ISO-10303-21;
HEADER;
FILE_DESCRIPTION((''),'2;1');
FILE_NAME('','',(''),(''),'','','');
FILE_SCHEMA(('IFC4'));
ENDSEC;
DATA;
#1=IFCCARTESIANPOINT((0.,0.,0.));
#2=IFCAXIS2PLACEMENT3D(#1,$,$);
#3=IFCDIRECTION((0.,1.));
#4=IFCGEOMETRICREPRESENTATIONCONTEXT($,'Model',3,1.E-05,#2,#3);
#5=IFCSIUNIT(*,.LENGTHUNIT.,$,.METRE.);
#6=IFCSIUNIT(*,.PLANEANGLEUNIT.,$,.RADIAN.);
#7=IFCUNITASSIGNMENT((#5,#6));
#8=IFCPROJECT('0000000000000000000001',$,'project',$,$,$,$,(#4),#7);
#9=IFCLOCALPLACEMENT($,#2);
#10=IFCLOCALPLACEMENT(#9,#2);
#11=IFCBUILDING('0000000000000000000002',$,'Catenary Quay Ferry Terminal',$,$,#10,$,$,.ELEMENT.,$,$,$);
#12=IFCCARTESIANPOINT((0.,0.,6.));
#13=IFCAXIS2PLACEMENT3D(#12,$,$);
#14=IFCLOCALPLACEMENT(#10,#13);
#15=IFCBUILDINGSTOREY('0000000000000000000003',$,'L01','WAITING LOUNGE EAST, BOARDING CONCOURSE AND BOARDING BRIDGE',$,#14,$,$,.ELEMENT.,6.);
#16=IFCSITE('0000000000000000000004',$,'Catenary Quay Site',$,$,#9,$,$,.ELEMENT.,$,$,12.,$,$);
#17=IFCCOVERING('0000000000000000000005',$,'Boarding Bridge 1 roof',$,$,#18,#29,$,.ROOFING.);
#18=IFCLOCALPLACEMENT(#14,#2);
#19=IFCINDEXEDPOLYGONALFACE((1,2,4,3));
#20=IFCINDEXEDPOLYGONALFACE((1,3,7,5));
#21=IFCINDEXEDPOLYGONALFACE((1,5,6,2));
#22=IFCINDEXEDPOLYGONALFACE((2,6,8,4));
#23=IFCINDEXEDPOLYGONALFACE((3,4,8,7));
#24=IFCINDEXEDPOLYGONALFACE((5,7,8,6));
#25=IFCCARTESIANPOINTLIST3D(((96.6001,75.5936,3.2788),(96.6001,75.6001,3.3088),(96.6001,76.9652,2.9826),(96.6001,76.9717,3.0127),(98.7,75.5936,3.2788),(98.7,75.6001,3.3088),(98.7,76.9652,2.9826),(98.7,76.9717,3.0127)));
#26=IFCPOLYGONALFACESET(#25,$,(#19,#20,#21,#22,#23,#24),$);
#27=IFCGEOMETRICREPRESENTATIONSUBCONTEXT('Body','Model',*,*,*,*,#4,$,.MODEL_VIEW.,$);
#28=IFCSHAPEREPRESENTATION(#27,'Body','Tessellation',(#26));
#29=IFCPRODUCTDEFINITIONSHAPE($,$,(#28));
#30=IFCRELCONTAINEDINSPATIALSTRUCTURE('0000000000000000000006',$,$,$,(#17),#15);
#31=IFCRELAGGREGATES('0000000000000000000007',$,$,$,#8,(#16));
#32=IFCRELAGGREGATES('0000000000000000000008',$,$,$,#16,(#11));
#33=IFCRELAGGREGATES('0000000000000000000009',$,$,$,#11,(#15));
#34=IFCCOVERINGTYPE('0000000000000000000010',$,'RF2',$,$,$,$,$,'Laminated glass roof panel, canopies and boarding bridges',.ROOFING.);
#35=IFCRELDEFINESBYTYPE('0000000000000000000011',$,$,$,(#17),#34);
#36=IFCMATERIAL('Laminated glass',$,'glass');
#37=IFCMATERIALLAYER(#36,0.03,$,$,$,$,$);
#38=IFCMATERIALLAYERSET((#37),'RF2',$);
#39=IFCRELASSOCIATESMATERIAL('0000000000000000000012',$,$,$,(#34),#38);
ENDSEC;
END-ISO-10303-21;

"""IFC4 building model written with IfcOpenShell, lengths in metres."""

from ifc_helpers import new_model, si_unit, direction, frame, origin, place, context, subcontext, project, spatial, polyline, outline, extrude, material, layer, layer_set, type_object, element, save


model = new_model("IFC4")

# Units and contexts
model_context = context("Model", 3, precision=1e-05, world=origin(), true_north=direction((0.0, 1.0)))
body_context = subcontext(model_context, "Body", "Model", "MODEL_VIEW")
ifc_project = project(units=[si_unit("LENGTHUNIT", "METRE"), si_unit("PLANEANGLEUNIT", "RADIAN")], contexts=[model_context])

# Site, building, storey
site_placement = place(None, origin())
site = spatial("IfcSite", under=ifc_project, at=site_placement, Name="Catenary Quay Site", CompositionType="ELEMENT", RefElevation=12.0)
building_placement = place(site_placement, origin())
building = spatial("IfcBuilding", under=site, at=building_placement, Name="Catenary Quay Ferry Terminal", CompositionType="ELEMENT")
storey_placement = place(building_placement, frame((0.0, 0.0, 6.0)))
storey = spatial("IfcBuildingStorey", under=building, at=storey_placement, Name="L01", Description="WAITING LOUNGE EAST, BOARDING CONCOURSE AND BOARDING BRIDGE", CompositionType="ELEMENT", Elevation=6.0)

# Covering
ifc_material_1 = material(Name="Laminated glass", Category="glass")
ifc_layer = layer(ifc_material_1, 0.03)
ifc_layer_set = layer_set([ifc_layer], Name="RF2")
covering_type = type_object("IfcCoveringType", Name="RF2", ElementType="Laminated glass roof panel, canopies and boarding bridges", PredefinedType="ROOFING", material=ifc_layer_set)
covering_1_placement = place(storey_placement, frame((96.6001, 75.6001, 3.3088), z_axis=(0.0, 0.21105, 0.977475), x_axis=(1.0, 0.0, 0.0)))
element("IfcCovering", 1, at=covering_1_placement, inside=storey, type_object=covering_type, Name="Boarding Bridge 1 roof", PredefinedType="ROOFING", context=body_context, shape_type="SweptSolid", body=[
    extrude(outline(polyline([(0.0, 0.0), (2.0999, 0.0), (2.0999, 1.4032), (0.0, 1.4032), (0.0, 0.0)])), origin(), (0.0, 0.0, -1.0), 0.0308),
])

save(model, "model.ifc")
